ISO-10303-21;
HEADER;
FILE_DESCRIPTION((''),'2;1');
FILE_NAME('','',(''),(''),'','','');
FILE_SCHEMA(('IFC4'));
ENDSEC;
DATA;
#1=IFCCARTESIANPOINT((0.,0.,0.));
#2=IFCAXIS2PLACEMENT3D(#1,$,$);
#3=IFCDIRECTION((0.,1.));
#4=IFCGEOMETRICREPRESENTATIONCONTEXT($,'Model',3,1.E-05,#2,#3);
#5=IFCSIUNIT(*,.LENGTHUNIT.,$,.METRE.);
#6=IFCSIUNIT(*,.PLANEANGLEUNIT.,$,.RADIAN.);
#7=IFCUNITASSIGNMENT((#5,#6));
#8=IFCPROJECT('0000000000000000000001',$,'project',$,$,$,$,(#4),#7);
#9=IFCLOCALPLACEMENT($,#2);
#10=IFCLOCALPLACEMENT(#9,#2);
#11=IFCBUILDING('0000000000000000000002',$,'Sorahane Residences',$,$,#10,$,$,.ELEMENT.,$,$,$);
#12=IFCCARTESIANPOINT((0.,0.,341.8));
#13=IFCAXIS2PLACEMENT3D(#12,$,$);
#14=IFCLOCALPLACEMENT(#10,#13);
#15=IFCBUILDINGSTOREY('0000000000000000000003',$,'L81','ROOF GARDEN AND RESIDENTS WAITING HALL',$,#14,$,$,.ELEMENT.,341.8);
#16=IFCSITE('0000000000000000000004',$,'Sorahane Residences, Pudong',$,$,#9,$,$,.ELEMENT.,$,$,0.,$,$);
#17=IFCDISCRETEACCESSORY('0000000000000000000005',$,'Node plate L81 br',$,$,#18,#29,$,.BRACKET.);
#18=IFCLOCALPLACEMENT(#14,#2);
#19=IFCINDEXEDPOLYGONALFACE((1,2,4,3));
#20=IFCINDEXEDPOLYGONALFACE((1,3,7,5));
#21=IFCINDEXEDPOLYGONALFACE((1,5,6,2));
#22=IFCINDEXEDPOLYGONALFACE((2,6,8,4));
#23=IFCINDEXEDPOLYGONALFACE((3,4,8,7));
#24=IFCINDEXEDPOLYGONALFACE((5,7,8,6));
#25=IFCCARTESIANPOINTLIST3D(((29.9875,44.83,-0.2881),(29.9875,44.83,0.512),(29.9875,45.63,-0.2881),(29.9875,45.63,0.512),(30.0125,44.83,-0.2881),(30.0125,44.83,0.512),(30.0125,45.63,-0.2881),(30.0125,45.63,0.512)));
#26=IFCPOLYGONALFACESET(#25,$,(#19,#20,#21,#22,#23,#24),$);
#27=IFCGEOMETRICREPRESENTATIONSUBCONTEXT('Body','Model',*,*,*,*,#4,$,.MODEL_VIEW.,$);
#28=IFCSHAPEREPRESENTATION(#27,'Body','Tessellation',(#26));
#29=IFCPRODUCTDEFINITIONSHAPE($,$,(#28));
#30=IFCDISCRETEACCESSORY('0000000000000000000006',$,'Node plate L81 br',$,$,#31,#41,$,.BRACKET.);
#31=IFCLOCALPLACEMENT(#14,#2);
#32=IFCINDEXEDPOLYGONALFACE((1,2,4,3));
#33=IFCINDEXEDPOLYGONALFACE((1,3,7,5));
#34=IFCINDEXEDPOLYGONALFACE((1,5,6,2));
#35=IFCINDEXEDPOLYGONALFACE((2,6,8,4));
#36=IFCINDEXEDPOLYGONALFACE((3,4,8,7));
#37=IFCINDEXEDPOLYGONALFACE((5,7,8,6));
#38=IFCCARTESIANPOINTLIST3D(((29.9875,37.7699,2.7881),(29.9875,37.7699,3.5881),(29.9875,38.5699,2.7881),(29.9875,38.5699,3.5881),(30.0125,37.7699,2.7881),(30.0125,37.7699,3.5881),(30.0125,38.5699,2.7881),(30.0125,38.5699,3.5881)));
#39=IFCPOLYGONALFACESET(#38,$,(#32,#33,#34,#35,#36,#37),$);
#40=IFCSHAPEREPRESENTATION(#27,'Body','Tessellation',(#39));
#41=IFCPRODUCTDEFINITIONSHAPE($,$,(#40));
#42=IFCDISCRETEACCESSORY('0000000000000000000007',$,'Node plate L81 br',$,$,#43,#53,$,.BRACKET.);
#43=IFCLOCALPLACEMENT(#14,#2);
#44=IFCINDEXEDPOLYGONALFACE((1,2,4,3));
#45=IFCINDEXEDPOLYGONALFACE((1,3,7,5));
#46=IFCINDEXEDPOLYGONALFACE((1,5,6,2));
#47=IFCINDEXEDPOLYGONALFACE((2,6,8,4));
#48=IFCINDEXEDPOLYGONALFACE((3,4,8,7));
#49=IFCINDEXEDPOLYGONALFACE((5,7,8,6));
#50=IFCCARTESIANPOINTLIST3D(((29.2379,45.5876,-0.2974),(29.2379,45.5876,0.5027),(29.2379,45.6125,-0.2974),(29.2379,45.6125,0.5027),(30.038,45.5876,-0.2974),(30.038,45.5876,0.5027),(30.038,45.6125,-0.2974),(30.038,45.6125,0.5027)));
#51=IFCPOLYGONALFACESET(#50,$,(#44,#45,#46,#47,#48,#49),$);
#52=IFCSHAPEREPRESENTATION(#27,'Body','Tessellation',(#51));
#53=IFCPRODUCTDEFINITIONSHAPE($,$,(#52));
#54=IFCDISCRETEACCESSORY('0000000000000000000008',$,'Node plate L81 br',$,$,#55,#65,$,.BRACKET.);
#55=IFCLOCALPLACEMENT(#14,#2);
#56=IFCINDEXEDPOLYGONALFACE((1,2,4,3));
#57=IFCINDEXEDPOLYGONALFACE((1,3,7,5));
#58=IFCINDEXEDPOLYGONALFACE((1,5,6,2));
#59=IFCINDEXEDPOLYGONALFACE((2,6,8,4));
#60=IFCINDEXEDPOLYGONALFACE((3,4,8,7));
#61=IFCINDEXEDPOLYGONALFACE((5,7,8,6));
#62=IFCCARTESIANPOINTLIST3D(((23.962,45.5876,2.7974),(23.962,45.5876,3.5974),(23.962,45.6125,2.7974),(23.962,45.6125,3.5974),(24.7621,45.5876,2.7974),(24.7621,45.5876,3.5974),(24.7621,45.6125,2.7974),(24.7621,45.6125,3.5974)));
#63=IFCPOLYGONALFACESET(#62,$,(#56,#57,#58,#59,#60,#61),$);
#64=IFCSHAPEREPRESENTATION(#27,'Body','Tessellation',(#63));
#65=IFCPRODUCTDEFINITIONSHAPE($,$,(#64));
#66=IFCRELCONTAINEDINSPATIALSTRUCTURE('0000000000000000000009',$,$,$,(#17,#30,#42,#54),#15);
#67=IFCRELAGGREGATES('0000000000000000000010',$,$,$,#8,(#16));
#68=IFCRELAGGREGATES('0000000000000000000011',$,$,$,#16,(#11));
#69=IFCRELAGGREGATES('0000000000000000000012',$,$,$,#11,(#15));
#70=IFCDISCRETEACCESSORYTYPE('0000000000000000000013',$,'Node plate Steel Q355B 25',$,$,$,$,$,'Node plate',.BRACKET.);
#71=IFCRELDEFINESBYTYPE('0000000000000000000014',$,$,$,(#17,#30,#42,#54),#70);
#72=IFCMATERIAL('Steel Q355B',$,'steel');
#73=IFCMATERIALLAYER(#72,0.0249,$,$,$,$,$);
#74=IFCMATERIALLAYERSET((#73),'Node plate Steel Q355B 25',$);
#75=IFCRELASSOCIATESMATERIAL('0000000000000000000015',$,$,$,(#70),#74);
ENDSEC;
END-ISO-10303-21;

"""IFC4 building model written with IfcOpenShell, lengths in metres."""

from ifc_helpers import new_model, si_unit, direction, frame, origin, origin_2d, place, context, subcontext, project, spatial, rectangle, extrude, material, layer, layer_set, type_object, element, save


model = new_model("IFC4")

# Units and contexts
model_context = context("Model", 3, precision=1e-05, world=origin(), true_north=direction((0.0, 1.0)))
body_context = subcontext(model_context, "Body", "Model", "MODEL_VIEW")
ifc_project = project(units=[si_unit("LENGTHUNIT", "METRE"), si_unit("PLANEANGLEUNIT", "RADIAN")], contexts=[model_context])

# Site, building, storey
site_placement = place(None, origin())
site = spatial("IfcSite", under=ifc_project, at=site_placement, Name="Sorahane Residences, Pudong", CompositionType="ELEMENT", RefElevation=0.0)
building_placement = place(site_placement, origin())
building = spatial("IfcBuilding", under=site, at=building_placement, Name="Sorahane Residences", CompositionType="ELEMENT")
storey_placement = place(building_placement, frame((0.0, 0.0, 341.8)))
storey = spatial("IfcBuildingStorey", under=building, at=storey_placement, Name="L81", Description="ROOF GARDEN AND RESIDENTS WAITING HALL", CompositionType="ELEMENT", Elevation=341.8)

# Discrete accessories
ifc_material_1 = material(Name="Steel Q355B", Category="steel")
ifc_layer_1 = layer(ifc_material_1, 0.0249)
ifc_layer_set_1 = layer_set([ifc_layer_1], Name="Node plate Steel Q355B 25")
discrete_accessory_type = type_object("IfcDiscreteAccessoryType", Name="Node plate Steel Q355B 25", ElementType="Node plate", PredefinedType="BRACKET", material=ifc_layer_set_1)
for number, where, z_axis, x_axis, name in (
    (1, (30.0, 45.23, -0.2881), (0.0, 0.0, 1.0), (0.0, 1.0, 0.0), "Node plate L81 br"),
    (2, (30.0, 38.1699, 2.7881), (0.0, 0.0, 1.0), (0.0, 1.0, 0.0), "Node plate L81 br"),
    (3, (29.6379, 45.6001, -0.2974), (0.0, 0.0, 1.0), (1.0, 0.0, 0.0), "Node plate L81 br"),
    (4, (24.3621, 45.6001, 2.7974), (0.0, 0.0, 1.0), (1.0, 0.0, 0.0), "Node plate L81 br"),
):
    element("IfcDiscreteAccessory", number, at=place(storey_placement, frame(where, z_axis=z_axis, x_axis=x_axis)), inside=storey, type_object=discrete_accessory_type, Name=name, PredefinedType="BRACKET", context=body_context, shape_type="SweptSolid", body=[
        extrude(rectangle(XDim=0.8, YDim=0.0249, at=origin_2d()), origin(), (0.0, 0.0, 1.0), 0.8),
    ])

save(model, "model.ifc")
